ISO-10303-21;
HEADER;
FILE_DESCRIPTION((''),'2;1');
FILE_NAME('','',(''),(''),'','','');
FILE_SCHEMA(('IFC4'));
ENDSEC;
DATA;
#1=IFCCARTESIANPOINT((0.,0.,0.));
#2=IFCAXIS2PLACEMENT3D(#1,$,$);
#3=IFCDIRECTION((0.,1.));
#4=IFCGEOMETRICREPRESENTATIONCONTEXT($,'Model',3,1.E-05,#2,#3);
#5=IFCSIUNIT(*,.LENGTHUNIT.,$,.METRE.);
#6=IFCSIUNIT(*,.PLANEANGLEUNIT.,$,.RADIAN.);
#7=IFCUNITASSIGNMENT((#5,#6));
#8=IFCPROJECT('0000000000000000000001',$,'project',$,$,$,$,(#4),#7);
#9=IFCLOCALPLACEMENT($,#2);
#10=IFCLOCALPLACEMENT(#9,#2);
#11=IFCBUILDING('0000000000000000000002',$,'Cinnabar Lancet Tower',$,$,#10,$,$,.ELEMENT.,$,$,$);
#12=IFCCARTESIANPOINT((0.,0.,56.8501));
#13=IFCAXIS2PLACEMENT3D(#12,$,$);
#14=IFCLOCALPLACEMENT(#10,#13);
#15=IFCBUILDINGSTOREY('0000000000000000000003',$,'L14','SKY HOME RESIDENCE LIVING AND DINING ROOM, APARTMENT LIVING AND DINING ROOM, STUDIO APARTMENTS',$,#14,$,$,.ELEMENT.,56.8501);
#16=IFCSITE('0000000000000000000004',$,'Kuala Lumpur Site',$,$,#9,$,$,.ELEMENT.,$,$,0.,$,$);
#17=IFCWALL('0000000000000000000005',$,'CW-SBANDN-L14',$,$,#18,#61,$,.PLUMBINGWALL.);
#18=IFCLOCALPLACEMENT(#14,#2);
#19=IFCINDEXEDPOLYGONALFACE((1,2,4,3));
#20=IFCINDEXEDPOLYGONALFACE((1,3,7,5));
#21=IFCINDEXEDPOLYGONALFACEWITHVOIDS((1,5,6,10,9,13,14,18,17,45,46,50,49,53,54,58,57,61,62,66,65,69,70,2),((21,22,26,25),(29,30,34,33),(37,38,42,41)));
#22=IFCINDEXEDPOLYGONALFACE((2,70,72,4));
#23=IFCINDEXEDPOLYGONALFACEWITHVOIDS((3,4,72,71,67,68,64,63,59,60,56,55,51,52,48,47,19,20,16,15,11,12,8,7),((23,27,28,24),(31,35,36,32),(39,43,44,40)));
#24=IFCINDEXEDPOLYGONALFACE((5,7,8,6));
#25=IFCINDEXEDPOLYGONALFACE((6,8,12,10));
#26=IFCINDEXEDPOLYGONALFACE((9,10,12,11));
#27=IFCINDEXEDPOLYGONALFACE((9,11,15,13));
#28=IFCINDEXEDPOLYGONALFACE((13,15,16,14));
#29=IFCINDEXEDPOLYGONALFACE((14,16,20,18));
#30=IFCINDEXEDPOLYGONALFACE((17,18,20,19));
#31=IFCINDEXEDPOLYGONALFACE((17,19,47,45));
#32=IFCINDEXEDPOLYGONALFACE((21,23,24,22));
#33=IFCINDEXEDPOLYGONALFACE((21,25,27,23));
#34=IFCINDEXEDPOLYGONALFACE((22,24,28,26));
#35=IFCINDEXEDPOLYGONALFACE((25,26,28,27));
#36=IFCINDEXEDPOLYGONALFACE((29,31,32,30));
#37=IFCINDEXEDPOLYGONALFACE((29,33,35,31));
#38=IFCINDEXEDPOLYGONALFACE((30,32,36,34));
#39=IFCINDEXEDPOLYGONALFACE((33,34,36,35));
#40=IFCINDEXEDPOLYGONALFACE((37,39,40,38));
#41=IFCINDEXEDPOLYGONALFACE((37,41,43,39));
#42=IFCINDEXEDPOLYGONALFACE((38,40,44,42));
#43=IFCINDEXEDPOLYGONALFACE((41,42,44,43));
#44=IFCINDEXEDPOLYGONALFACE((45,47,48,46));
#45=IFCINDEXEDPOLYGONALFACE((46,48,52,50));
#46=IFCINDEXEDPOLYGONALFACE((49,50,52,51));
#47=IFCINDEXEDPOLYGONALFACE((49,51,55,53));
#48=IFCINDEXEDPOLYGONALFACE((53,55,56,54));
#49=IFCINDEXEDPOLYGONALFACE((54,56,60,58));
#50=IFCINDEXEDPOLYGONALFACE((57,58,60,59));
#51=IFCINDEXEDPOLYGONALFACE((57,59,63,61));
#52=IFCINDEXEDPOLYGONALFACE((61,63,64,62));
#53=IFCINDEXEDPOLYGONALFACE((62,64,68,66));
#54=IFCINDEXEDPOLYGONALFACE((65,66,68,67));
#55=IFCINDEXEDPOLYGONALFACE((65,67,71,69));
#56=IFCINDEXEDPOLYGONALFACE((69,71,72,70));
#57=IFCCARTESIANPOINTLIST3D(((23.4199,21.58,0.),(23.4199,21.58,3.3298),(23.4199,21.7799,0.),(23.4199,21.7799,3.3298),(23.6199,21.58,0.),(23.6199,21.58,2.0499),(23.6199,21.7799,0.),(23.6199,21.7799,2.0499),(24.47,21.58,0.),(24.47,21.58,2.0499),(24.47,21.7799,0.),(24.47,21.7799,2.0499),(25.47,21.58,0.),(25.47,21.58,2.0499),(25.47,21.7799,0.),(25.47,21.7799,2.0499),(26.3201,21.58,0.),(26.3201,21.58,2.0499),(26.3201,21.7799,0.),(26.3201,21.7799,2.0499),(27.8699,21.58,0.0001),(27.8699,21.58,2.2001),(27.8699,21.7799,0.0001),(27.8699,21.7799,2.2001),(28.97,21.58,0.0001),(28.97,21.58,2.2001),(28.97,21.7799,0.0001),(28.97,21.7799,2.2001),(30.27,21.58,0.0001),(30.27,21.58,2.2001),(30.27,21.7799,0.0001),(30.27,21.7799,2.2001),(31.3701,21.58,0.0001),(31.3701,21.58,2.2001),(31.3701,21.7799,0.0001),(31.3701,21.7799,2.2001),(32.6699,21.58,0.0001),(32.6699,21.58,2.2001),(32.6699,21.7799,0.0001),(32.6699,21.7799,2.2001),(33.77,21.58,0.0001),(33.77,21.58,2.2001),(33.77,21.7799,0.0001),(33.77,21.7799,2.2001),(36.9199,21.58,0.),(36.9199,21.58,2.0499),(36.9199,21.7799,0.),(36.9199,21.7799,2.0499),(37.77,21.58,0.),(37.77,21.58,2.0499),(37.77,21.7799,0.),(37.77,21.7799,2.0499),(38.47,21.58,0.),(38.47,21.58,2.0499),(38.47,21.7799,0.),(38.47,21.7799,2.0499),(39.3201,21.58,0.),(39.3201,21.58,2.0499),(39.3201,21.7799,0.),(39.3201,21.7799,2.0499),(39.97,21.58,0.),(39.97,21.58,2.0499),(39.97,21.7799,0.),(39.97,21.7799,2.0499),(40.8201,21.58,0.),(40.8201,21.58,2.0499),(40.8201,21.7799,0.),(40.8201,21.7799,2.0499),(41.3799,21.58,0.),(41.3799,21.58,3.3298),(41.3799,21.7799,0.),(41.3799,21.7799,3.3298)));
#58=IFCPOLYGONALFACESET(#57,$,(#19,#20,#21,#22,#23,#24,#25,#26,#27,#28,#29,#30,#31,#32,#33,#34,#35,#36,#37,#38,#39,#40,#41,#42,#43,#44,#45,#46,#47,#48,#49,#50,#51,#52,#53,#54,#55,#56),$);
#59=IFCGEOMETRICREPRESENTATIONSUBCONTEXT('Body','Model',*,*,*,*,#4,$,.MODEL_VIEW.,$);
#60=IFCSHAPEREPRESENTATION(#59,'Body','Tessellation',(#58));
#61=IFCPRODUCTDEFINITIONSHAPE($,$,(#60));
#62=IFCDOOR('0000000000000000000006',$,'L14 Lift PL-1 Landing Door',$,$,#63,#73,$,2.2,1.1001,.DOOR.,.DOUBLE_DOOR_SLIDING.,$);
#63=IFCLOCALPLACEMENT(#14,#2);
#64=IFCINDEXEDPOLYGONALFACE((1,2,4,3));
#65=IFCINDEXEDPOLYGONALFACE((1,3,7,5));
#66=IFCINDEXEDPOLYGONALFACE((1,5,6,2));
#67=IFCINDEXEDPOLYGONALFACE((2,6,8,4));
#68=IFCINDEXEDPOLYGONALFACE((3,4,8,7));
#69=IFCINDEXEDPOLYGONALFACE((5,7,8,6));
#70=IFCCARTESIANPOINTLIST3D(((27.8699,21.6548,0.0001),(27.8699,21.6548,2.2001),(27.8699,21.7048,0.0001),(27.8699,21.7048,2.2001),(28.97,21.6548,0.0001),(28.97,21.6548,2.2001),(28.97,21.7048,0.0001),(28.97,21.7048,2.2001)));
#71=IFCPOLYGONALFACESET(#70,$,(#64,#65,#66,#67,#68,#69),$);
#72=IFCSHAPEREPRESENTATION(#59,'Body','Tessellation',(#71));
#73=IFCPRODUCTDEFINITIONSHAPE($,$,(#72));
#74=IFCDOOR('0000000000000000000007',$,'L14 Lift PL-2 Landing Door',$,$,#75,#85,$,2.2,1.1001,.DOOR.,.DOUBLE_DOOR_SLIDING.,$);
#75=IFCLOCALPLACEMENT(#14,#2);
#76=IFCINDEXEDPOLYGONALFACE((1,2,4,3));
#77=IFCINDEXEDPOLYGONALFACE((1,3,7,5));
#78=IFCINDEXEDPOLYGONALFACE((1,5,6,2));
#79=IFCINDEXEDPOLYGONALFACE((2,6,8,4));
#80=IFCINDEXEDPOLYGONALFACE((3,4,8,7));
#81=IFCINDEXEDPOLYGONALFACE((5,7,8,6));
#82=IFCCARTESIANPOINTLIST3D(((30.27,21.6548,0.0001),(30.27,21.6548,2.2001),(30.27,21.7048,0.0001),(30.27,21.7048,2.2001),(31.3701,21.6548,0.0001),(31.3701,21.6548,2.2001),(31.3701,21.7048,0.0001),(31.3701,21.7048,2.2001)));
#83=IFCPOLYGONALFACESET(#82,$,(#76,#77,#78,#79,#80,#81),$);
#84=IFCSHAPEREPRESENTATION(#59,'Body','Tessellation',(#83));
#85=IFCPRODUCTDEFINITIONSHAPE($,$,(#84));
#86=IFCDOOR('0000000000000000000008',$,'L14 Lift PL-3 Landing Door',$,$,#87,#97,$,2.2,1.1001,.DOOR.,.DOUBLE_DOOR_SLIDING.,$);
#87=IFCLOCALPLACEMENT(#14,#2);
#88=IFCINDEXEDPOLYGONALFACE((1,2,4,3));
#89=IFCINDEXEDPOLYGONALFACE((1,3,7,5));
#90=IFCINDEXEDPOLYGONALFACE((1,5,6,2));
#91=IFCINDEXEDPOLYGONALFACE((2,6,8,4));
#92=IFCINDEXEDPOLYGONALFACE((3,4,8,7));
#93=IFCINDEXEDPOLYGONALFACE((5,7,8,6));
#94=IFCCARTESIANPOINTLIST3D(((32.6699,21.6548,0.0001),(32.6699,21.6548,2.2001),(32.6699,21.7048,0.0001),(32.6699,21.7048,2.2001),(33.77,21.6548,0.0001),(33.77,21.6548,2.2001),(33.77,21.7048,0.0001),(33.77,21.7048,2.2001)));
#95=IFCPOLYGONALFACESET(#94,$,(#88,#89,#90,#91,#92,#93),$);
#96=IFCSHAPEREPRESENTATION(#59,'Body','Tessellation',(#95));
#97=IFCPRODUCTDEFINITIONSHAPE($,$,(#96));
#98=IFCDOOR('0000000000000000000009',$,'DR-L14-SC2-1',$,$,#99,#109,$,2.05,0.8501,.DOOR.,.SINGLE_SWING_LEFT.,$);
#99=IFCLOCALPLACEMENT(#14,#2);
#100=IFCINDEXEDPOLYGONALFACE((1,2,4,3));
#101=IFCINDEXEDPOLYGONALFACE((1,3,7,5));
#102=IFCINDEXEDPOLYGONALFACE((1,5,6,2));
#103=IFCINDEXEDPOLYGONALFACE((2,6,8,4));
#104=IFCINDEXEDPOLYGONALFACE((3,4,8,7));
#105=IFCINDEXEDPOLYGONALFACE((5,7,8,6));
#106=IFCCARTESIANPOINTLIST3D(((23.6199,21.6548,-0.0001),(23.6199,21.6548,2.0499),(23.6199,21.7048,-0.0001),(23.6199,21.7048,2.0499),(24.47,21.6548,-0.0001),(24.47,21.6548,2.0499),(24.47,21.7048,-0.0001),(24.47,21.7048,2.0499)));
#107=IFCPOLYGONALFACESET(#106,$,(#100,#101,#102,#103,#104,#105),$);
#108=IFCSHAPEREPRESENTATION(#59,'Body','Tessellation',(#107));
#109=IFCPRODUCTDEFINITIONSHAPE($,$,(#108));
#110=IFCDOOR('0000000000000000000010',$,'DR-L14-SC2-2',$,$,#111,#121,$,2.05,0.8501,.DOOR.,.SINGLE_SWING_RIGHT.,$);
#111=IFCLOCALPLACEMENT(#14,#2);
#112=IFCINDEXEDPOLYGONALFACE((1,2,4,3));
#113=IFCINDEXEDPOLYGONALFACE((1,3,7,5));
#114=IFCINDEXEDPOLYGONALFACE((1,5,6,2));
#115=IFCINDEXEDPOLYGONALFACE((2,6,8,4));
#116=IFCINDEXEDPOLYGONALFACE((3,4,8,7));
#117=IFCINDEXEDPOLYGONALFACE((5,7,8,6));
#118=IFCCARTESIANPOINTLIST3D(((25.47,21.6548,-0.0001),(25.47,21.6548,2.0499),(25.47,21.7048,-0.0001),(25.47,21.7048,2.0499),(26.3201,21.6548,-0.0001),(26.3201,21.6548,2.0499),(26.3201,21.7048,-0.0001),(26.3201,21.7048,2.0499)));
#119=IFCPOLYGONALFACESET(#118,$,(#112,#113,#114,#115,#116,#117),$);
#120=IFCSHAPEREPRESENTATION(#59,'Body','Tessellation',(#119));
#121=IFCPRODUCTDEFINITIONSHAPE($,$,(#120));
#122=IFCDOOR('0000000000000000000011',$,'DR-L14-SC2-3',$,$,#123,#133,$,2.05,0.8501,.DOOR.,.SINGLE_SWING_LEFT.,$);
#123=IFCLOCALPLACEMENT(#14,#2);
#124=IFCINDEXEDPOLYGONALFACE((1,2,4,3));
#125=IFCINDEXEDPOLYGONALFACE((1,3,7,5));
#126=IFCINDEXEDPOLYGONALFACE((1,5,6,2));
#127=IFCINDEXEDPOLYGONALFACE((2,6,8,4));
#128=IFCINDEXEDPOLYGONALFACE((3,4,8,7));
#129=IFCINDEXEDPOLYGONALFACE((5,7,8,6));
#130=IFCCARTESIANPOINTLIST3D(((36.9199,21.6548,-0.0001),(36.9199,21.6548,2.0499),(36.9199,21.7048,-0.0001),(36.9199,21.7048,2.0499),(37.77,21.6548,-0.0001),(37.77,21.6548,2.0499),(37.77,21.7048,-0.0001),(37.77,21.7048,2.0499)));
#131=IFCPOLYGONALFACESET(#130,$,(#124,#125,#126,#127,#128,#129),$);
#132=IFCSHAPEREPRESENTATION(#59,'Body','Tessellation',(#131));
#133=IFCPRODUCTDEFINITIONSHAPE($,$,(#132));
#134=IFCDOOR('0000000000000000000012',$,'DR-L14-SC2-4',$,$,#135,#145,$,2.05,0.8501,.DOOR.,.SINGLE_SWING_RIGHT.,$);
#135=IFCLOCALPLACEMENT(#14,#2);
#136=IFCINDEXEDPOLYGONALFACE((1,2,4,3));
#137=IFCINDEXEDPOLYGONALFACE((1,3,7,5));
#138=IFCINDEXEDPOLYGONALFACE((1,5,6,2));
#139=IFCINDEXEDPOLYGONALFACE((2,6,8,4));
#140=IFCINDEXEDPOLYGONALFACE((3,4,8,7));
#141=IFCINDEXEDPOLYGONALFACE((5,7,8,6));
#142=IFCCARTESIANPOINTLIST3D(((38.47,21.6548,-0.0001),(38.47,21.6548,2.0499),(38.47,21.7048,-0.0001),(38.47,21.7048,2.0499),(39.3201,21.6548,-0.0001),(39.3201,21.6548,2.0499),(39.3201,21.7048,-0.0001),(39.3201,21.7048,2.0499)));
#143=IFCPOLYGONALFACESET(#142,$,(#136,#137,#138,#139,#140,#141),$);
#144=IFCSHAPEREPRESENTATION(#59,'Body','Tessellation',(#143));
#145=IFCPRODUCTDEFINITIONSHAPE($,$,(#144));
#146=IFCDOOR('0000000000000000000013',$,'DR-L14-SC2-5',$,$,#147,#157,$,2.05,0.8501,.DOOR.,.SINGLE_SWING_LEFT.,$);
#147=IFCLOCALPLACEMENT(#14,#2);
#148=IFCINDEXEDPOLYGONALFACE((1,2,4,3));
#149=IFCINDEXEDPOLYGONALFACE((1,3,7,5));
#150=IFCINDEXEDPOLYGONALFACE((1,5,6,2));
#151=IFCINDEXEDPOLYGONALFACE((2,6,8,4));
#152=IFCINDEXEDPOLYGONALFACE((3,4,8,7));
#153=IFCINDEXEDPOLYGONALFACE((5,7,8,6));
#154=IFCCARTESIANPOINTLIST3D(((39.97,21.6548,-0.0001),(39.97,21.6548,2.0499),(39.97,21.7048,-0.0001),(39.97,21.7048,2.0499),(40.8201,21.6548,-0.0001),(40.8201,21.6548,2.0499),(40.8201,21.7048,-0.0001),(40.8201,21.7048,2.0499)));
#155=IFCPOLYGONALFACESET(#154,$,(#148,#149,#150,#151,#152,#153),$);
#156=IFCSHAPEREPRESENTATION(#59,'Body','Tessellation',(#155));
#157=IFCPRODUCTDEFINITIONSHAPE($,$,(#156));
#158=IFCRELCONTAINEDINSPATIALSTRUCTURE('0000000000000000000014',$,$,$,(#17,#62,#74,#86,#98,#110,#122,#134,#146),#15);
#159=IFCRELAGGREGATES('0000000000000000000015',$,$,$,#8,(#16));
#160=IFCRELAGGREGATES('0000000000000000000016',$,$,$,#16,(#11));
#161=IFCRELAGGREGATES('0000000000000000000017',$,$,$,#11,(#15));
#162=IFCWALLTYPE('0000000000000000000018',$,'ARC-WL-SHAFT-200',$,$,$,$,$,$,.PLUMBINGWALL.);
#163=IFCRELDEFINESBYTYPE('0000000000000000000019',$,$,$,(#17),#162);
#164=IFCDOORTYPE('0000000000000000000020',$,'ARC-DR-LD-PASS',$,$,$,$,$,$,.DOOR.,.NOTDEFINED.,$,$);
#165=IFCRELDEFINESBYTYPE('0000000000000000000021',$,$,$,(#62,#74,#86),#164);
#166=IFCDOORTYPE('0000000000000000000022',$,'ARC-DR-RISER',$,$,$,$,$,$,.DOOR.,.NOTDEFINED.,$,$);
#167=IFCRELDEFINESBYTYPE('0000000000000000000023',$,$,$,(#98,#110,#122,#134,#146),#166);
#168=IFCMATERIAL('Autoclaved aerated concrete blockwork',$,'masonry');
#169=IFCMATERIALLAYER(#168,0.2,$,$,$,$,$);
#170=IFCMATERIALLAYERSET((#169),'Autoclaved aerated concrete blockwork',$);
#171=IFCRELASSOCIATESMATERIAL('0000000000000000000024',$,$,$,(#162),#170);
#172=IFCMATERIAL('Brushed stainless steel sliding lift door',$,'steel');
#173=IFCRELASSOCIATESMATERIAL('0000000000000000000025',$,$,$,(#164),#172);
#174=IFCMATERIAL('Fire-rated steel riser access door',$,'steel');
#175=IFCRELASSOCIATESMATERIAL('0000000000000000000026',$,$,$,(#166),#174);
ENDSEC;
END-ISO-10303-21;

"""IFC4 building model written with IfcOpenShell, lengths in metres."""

from ifc_helpers import new_model, si_unit, direction, frame, frame_2d, origin, place, context, subcontext, project, spatial, rectangle, extrude, material, layer, layer_set, type_object, element, fill, save


model = new_model("IFC4")

# Units and contexts
model_context = context("Model", 3, precision=1e-05, world=origin(), true_north=direction((0.0, 1.0)))
body_context = subcontext(model_context, "Body", "Model", "MODEL_VIEW")
ifc_project = project(units=[si_unit("LENGTHUNIT", "METRE"), si_unit("PLANEANGLEUNIT", "RADIAN")], contexts=[model_context])

# Site, building, storey
site_placement = place(None, origin())
site = spatial("IfcSite", under=ifc_project, at=site_placement, Name="Kuala Lumpur Site", CompositionType="ELEMENT", RefElevation=0.0)
building_placement = place(site_placement, origin())
building = spatial("IfcBuilding", under=site, at=building_placement, Name="Cinnabar Lancet Tower", CompositionType="ELEMENT")
storey_placement = place(building_placement, frame((0.0, 0.0, 56.8501)))
storey = spatial("IfcBuildingStorey", under=building, at=storey_placement, Name="L14", Description="SKY HOME RESIDENCE LIVING AND DINING ROOM, APARTMENT LIVING AND DINING ROOM, STUDIO APARTMENTS", CompositionType="ELEMENT", Elevation=56.8501)

# Shared definitions
ifc_material_1 = material(Name="Autoclaved aerated concrete blockwork", Category="masonry")
ifc_layer_1 = layer(ifc_material_1, 0.2)
ifc_layer_set_1 = layer_set([ifc_layer_1], Name="Autoclaved aerated concrete blockwork")
wall_type_1 = type_object("IfcWallType", Name="ARC-WL-SHAFT-200", PredefinedType="PLUMBINGWALL", material=ifc_layer_set_1)

# Wall, openings, doors
wall_1_placement = place(storey_placement, frame((23.4199, 21.6799, 0.0), z_axis=(0.0, 0.0, 1.0), x_axis=(1.0, 0.0, 0.0)))
wall_1 = element("IfcWall", 1, at=wall_1_placement, inside=storey, type_object=wall_type_1, Name="CW-SBANDN-L14", PredefinedType="PLUMBINGWALL", context=body_context, shape_type="SweptSolid", body=[
    extrude(rectangle(XDim=17.96, YDim=0.2, at=frame_2d((8.98, 0.0))), origin(), (0.0, 0.0, 1.0), 3.3298),
])
opening_1_placement = place(wall_1_placement, frame((4.45, 0.0, 0.0)))
opening_1 = element("IfcOpeningElement", 2, at=opening_1_placement, cuts=wall_1, PredefinedType="OPENING", context=body_context, shape_type="SweptSolid", body=[
    extrude(rectangle(XDim=1.1001, YDim=2.2, at=frame_2d((0.55, 1.1001))), frame((0.0, 0.1099, 0.0), z_axis=(0.0, -1.0, 0.0), x_axis=(1.0, 0.0, 0.0)), (0.0, 0.0, 1.0), 0.22),
])
opening_2_placement = place(wall_1_placement, frame((6.8501, 0.0, 0.0)))
opening_2 = element("IfcOpeningElement", 3, at=opening_2_placement, cuts=wall_1, PredefinedType="OPENING", context=body_context, shape_type="SweptSolid", body=[
    extrude(rectangle(XDim=1.1001, YDim=2.2, at=frame_2d((0.55, 1.1001))), frame((0.0, 0.1099, 0.0), z_axis=(0.0, -1.0, 0.0), x_axis=(1.0, 0.0, 0.0)), (0.0, 0.0, 1.0), 0.22),
])
opening_3_placement = place(wall_1_placement, frame((9.25, 0.0, 0.0)))
opening_3 = element("IfcOpeningElement", 4, at=opening_3_placement, cuts=wall_1, PredefinedType="OPENING", context=body_context, shape_type="SweptSolid", body=[
    extrude(rectangle(XDim=1.1001, YDim=2.2, at=frame_2d((0.55, 1.1001))), frame((0.0, 0.1099, 0.0), z_axis=(0.0, -1.0, 0.0), x_axis=(1.0, 0.0, 0.0)), (0.0, 0.0, 1.0), 0.22),
])
opening_4_placement = place(wall_1_placement, frame((0.2, 0.0, 0.0)))
opening_4 = element("IfcOpeningElement", 5, at=opening_4_placement, cuts=wall_1, PredefinedType="OPENING", context=body_context, shape_type="SweptSolid", body=[
    extrude(rectangle(XDim=0.8501, YDim=2.05, at=frame_2d((0.425, 1.0249))), frame((0.0, 0.1099, 0.0), z_axis=(0.0, -1.0, 0.0), x_axis=(1.0, 0.0, 0.0)), (0.0, 0.0, 1.0), 0.22),
])
opening_5_placement = place(wall_1_placement, frame((2.05, 0.0, 0.0)))
opening_5 = element("IfcOpeningElement", 6, at=opening_5_placement, cuts=wall_1, PredefinedType="OPENING", context=body_context, shape_type="SweptSolid", body=[
    extrude(rectangle(XDim=0.8501, YDim=2.05, at=frame_2d((0.425, 1.0249))), frame((0.0, 0.1099, 0.0), z_axis=(0.0, -1.0, 0.0), x_axis=(1.0, 0.0, 0.0)), (0.0, 0.0, 1.0), 0.22),
])
opening_6_placement = place(wall_1_placement, frame((13.5, 0.0, 0.0)))
opening_6 = element("IfcOpeningElement", 7, at=opening_6_placement, cuts=wall_1, PredefinedType="OPENING", context=body_context, shape_type="SweptSolid", body=[
    extrude(rectangle(XDim=0.8501, YDim=2.05, at=frame_2d((0.425, 1.0249))), frame((0.0, 0.1099, 0.0), z_axis=(0.0, -1.0, 0.0), x_axis=(1.0, 0.0, 0.0)), (0.0, 0.0, 1.0), 0.22),
])
opening_7_placement = place(wall_1_placement, frame((15.05, 0.0, 0.0)))
opening_7 = element("IfcOpeningElement", 8, at=opening_7_placement, cuts=wall_1, PredefinedType="OPENING", context=body_context, shape_type="SweptSolid", body=[
    extrude(rectangle(XDim=0.8501, YDim=2.05, at=frame_2d((0.425, 1.0249))), frame((0.0, 0.1099, 0.0), z_axis=(0.0, -1.0, 0.0), x_axis=(1.0, 0.0, 0.0)), (0.0, 0.0, 1.0), 0.22),
])
opening_8_placement = place(wall_1_placement, frame((16.55, 0.0, 0.0)))
opening_8 = element("IfcOpeningElement", 9, at=opening_8_placement, cuts=wall_1, PredefinedType="OPENING", context=body_context, shape_type="SweptSolid", body=[
    extrude(rectangle(XDim=0.8501, YDim=2.05, at=frame_2d((0.425, 1.0249))), frame((0.0, 0.1099, 0.0), z_axis=(0.0, -1.0, 0.0), x_axis=(1.0, 0.0, 0.0)), (0.0, 0.0, 1.0), 0.22),
])
ifc_material_2 = material(Name="Brushed stainless steel sliding lift door", Category="steel")
door_type_1 = type_object("IfcDoorType", Name="ARC-DR-LD-PASS", OperationType="NOTDEFINED", PredefinedType="DOOR", material=ifc_material_2)
door_1_placement = place(opening_1_placement, origin())
door_1 = element("IfcDoor", 10, at=door_1_placement, inside=storey, type_object=door_type_1, Name="L14 Lift PL-1 Landing Door", OperationType="DOUBLE_DOOR_SLIDING", OverallHeight=2.2, OverallWidth=1.1001, PredefinedType="DOOR", context=body_context, shape_type="SweptSolid", body=[
    extrude(rectangle(XDim=1.1001, YDim=2.2, at=frame_2d((0.55, 1.1001))), frame((0.0, 0.0249, 0.0), z_axis=(0.0, -1.0, 0.0), x_axis=(1.0, 0.0, 0.0)), (0.0, 0.0, 1.0), 0.05),
])
fill(opening_1, door_1)
door_2_placement = place(opening_2_placement, origin())
door_2 = element("IfcDoor", 11, at=door_2_placement, inside=storey, type_object=door_type_1, Name="L14 Lift PL-2 Landing Door", OperationType="DOUBLE_DOOR_SLIDING", OverallHeight=2.2, OverallWidth=1.1001, PredefinedType="DOOR", context=body_context, shape_type="SweptSolid", body=[
    extrude(rectangle(XDim=1.1001, YDim=2.2, at=frame_2d((0.55, 1.1001))), frame((0.0, 0.0249, 0.0), z_axis=(0.0, -1.0, 0.0), x_axis=(1.0, 0.0, 0.0)), (0.0, 0.0, 1.0), 0.05),
])
fill(opening_2, door_2)
door_3_placement = place(opening_3_placement, origin())
door_3 = element("IfcDoor", 12, at=door_3_placement, inside=storey, type_object=door_type_1, Name="L14 Lift PL-3 Landing Door", OperationType="DOUBLE_DOOR_SLIDING", OverallHeight=2.2, OverallWidth=1.1001, PredefinedType="DOOR", context=body_context, shape_type="SweptSolid", body=[
    extrude(rectangle(XDim=1.1001, YDim=2.2, at=frame_2d((0.55, 1.1001))), frame((0.0, 0.0249, 0.0), z_axis=(0.0, -1.0, 0.0), x_axis=(1.0, 0.0, 0.0)), (0.0, 0.0, 1.0), 0.05),
])
fill(opening_3, door_3)
ifc_material_3 = material(Name="Fire-rated steel riser access door", Category="steel")
door_type_2 = type_object("IfcDoorType", Name="ARC-DR-RISER", OperationType="NOTDEFINED", PredefinedType="DOOR", material=ifc_material_3)
door_4_placement = place(opening_4_placement, origin())
door_4 = element("IfcDoor", 13, at=door_4_placement, inside=storey, type_object=door_type_2, Name="DR-L14-SC2-1", OperationType="SINGLE_SWING_LEFT", OverallHeight=2.05, OverallWidth=0.8501, PredefinedType="DOOR", context=body_context, shape_type="SweptSolid", body=[
    extrude(rectangle(XDim=0.8501, YDim=2.05, at=frame_2d((0.425, 1.0249))), frame((0.0, 0.0249, 0.0), z_axis=(0.0, -1.0, 0.0), x_axis=(1.0, 0.0, 0.0)), (0.0, 0.0, 1.0), 0.05),
])
fill(opening_4, door_4)
door_5_placement = place(opening_5_placement, origin())
door_5 = element("IfcDoor", 14, at=door_5_placement, inside=storey, type_object=door_type_2, Name="DR-L14-SC2-2", OperationType="SINGLE_SWING_RIGHT", OverallHeight=2.05, OverallWidth=0.8501, PredefinedType="DOOR", context=body_context, shape_type="SweptSolid", body=[
    extrude(rectangle(XDim=0.8501, YDim=2.05, at=frame_2d((0.425, 1.0249))), frame((0.0, 0.0249, 0.0), z_axis=(0.0, -1.0, 0.0), x_axis=(1.0, 0.0, 0.0)), (0.0, 0.0, 1.0), 0.05),
])
fill(opening_5, door_5)
door_6_placement = place(opening_6_placement, origin())
door_6 = element("IfcDoor", 15, at=door_6_placement, inside=storey, type_object=door_type_2, Name="DR-L14-SC2-3", OperationType="SINGLE_SWING_LEFT", OverallHeight=2.05, OverallWidth=0.8501, PredefinedType="DOOR", context=body_context, shape_type="SweptSolid", body=[
    extrude(rectangle(XDim=0.8501, YDim=2.05, at=frame_2d((0.425, 1.0249))), frame((0.0, 0.0249, 0.0), z_axis=(0.0, -1.0, 0.0), x_axis=(1.0, 0.0, 0.0)), (0.0, 0.0, 1.0), 0.05),
])
fill(opening_6, door_6)
door_7_placement = place(opening_7_placement, origin())
door_7 = element("IfcDoor", 16, at=door_7_placement, inside=storey, type_object=door_type_2, Name="DR-L14-SC2-4", OperationType="SINGLE_SWING_RIGHT", OverallHeight=2.05, OverallWidth=0.8501, PredefinedType="DOOR", context=body_context, shape_type="SweptSolid", body=[
    extrude(rectangle(XDim=0.8501, YDim=2.05, at=frame_2d((0.425, 1.0249))), frame((0.0, 0.0249, 0.0), z_axis=(0.0, -1.0, 0.0), x_axis=(1.0, 0.0, 0.0)), (0.0, 0.0, 1.0), 0.05),
])
fill(opening_7, door_7)
door_8_placement = place(opening_8_placement, origin())
door_8 = element("IfcDoor", 17, at=door_8_placement, inside=storey, type_object=door_type_2, Name="DR-L14-SC2-5", OperationType="SINGLE_SWING_LEFT", OverallHeight=2.05, OverallWidth=0.8501, PredefinedType="DOOR", context=body_context, shape_type="SweptSolid", body=[
    extrude(rectangle(XDim=0.8501, YDim=2.05, at=frame_2d((0.425, 1.0249))), frame((0.0, 0.0249, 0.0), z_axis=(0.0, -1.0, 0.0), x_axis=(1.0, 0.0, 0.0)), (0.0, 0.0, 1.0), 0.05),
])
fill(opening_8, door_8)

save(model, "model.ifc")
